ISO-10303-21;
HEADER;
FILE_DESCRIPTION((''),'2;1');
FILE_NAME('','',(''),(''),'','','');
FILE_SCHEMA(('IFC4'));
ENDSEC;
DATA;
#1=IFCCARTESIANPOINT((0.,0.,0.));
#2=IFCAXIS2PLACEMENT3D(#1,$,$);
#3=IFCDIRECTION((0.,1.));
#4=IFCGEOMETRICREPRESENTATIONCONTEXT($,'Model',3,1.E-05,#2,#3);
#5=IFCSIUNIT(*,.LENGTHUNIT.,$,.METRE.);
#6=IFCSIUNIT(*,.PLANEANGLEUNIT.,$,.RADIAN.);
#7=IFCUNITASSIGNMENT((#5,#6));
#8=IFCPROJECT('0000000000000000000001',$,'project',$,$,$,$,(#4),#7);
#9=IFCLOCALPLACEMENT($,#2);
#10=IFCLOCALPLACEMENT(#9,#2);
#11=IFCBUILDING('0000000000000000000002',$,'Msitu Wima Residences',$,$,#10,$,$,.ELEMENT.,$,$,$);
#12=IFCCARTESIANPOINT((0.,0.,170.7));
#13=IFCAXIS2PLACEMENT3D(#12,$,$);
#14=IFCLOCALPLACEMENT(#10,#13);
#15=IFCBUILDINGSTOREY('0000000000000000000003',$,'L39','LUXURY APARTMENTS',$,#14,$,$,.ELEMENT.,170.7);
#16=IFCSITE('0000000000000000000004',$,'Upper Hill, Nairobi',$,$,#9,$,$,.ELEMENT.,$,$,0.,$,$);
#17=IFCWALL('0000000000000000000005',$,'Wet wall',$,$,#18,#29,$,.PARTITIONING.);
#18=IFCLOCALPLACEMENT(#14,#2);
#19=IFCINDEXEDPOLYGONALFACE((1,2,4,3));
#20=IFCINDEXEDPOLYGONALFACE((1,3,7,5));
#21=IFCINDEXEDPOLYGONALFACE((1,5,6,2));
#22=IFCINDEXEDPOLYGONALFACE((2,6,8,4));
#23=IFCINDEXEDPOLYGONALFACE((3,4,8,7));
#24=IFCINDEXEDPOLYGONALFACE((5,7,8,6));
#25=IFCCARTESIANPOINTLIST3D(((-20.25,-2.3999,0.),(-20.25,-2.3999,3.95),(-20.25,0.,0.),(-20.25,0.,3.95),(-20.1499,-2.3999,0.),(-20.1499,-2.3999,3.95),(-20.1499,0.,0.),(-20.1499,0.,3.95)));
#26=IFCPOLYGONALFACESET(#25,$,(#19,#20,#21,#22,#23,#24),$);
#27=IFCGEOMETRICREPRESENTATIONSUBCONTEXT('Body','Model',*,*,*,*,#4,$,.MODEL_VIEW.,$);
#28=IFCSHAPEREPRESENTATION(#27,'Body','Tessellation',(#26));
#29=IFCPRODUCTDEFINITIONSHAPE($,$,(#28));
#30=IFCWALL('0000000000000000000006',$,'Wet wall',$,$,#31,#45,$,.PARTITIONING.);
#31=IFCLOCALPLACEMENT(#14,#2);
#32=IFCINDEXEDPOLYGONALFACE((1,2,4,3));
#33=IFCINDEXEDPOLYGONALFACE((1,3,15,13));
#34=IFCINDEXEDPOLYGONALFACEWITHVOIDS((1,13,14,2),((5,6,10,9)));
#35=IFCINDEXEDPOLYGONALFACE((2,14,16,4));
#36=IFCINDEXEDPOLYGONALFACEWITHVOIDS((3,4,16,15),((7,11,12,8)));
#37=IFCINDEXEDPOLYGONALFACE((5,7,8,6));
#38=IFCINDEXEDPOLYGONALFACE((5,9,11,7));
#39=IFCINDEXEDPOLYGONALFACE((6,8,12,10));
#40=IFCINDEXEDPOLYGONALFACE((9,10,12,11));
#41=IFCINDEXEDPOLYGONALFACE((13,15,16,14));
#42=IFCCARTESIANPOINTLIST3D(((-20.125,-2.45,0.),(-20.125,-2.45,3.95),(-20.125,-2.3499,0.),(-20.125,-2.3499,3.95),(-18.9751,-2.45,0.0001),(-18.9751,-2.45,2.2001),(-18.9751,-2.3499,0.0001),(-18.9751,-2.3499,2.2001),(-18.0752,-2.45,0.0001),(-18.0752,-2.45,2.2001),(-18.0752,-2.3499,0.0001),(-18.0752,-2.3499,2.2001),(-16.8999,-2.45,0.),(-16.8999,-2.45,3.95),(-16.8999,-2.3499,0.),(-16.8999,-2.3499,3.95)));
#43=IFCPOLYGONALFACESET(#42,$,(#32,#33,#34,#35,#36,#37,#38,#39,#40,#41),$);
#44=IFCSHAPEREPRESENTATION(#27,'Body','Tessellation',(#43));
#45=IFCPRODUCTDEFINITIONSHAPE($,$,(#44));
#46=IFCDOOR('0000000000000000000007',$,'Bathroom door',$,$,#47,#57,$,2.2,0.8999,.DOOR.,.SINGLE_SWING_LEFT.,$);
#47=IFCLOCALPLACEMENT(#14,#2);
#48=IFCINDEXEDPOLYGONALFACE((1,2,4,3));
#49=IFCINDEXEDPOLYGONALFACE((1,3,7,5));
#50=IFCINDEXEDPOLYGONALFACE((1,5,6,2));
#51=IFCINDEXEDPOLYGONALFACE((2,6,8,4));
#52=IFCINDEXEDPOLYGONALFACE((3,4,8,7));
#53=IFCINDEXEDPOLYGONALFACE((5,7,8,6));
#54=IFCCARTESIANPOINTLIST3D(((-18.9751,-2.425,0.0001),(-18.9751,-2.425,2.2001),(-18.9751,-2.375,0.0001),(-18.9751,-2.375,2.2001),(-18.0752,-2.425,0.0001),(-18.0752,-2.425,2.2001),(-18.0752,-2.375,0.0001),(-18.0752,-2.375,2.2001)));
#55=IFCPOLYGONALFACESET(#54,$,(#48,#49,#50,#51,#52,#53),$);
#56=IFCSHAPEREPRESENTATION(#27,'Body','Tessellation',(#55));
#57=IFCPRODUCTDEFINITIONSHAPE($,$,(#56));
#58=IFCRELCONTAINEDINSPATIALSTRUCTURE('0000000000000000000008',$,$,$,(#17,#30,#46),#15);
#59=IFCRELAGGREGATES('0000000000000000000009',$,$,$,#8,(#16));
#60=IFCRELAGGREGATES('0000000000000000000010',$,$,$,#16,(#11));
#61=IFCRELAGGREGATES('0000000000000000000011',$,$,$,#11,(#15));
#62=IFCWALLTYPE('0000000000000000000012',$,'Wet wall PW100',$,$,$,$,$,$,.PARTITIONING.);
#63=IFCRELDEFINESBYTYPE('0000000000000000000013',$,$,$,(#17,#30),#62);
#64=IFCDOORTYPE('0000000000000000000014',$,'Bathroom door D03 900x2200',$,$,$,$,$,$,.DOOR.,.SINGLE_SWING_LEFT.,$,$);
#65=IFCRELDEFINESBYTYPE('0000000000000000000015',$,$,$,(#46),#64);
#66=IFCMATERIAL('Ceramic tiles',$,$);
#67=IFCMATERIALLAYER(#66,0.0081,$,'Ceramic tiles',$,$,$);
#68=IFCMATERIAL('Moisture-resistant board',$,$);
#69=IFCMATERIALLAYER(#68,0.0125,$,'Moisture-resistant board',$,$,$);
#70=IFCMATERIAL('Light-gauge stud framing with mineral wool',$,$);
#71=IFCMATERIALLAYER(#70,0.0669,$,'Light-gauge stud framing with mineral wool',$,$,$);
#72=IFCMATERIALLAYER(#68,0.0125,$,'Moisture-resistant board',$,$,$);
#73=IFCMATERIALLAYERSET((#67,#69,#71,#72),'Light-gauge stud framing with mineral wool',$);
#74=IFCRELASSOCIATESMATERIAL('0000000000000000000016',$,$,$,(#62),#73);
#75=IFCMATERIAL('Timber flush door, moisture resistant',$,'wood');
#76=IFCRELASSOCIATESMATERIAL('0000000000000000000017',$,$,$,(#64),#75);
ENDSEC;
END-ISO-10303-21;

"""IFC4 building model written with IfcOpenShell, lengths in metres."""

from ifc_helpers import new_model, si_unit, direction, frame, frame_2d, origin, place, context, subcontext, project, spatial, rectangle, extrude, material, layer, layer_set, type_object, element, fill, save


model = new_model("IFC4")

# Units and contexts
model_context = context("Model", 3, precision=1e-05, world=origin(), true_north=direction((0.0, 1.0)))
body_context = subcontext(model_context, "Body", "Model", "MODEL_VIEW")
ifc_project = project(units=[si_unit("LENGTHUNIT", "METRE"), si_unit("PLANEANGLEUNIT", "RADIAN")], contexts=[model_context])

# Site, building, storey
site_placement = place(None, origin())
site = spatial("IfcSite", under=ifc_project, at=site_placement, Name="Upper Hill, Nairobi", CompositionType="ELEMENT", RefElevation=0.0)
building_placement = place(site_placement, origin())
building = spatial("IfcBuilding", under=site, at=building_placement, Name="Msitu Wima Residences", CompositionType="ELEMENT")
storey_placement = place(building_placement, frame((0.0, 0.0, 170.7)))
storey = spatial("IfcBuildingStorey", under=building, at=storey_placement, Name="L39", Description="LUXURY APARTMENTS", CompositionType="ELEMENT", Elevation=170.7)

# Wall
ifc_material_1 = material(Name="Ceramic tiles")
ifc_layer_1 = layer(ifc_material_1, 0.0081, Name="Ceramic tiles")
ifc_material_2 = material(Name="Moisture-resistant board")
ifc_layer_2 = layer(ifc_material_2, 0.0125, Name="Moisture-resistant board")
ifc_material_3 = material(Name="Light-gauge stud framing with mineral wool")
ifc_layer_3 = layer(ifc_material_3, 0.0669, Name="Light-gauge stud framing with mineral wool")
ifc_layer_4 = layer(ifc_material_2, 0.0125, Name="Moisture-resistant board")
ifc_layer_set_1 = layer_set([ifc_layer_1, ifc_layer_2, ifc_layer_3, ifc_layer_4], Name="Light-gauge stud framing with mineral wool")
wall_type_1 = type_object("IfcWallType", Name="Wet wall PW100", PredefinedType="PARTITIONING", material=ifc_layer_set_1)
wall_1_placement = place(storey_placement, frame((-20.2, -2.3999, 0.0), z_axis=(0.0, 0.0, 1.0), x_axis=(0.0, 1.0, 0.0)))
element("IfcWall", 1, at=wall_1_placement, inside=storey, type_object=wall_type_1, Name="Wet wall", PredefinedType="PARTITIONING", context=body_context, shape_type="SweptSolid", body=[
    extrude(rectangle(XDim=2.3999, YDim=0.1001, at=frame_2d((1.2, 0.0))), origin(), (0.0, 0.0, 1.0), 3.95),
])

# Wall, opening, door
wall_2_placement = place(storey_placement, frame((-20.125, -2.3999, 0.0), z_axis=(0.0, 0.0, 1.0), x_axis=(1.0, 0.0, 0.0)))
wall_2 = element("IfcWall", 2, at=wall_2_placement, inside=storey, type_object=wall_type_1, Name="Wet wall", PredefinedType="PARTITIONING", context=body_context, shape_type="SweptSolid", body=[
    extrude(rectangle(XDim=3.2251, YDim=0.1001, at=frame_2d((1.6125, 0.0))), origin(), (0.0, 0.0, 1.0), 3.95),
])
opening_1_placement = place(wall_2_placement, frame((1.1499, 0.0, 0.0)))
opening_1 = element("IfcOpeningElement", 3, at=opening_1_placement, cuts=wall_2, PredefinedType="OPENING", context=body_context, shape_type="SweptSolid", body=[
    extrude(rectangle(XDim=0.8999, YDim=2.2, at=frame_2d((0.45, 1.1001))), frame((0.0, 0.0601, 0.0), z_axis=(0.0, -1.0, 0.0), x_axis=(1.0, 0.0, 0.0)), (0.0, 0.0, 1.0), 0.1201),
])
ifc_material_4 = material(Name="Timber flush door, moisture resistant", Category="wood")
door_type_1 = type_object("IfcDoorType", Name="Bathroom door D03 900x2200", OperationType="SINGLE_SWING_LEFT", PredefinedType="DOOR", material=ifc_material_4)
door_1_placement = place(opening_1_placement, origin())
door_1 = element("IfcDoor", 4, at=door_1_placement, inside=storey, type_object=door_type_1, Name="Bathroom door", OperationType="SINGLE_SWING_LEFT", OverallHeight=2.2, OverallWidth=0.8999, PredefinedType="DOOR", context=body_context, shape_type="SweptSolid", body=[
    extrude(rectangle(XDim=0.8999, YDim=2.2, at=frame_2d((0.45, 1.1001))), frame((0.0, 0.0249, 0.0), z_axis=(0.0, -1.0, 0.0), x_axis=(1.0, 0.0, 0.0)), (0.0, 0.0, 1.0), 0.05),
])
fill(opening_1, door_1)

save(model, "model.ifc")
